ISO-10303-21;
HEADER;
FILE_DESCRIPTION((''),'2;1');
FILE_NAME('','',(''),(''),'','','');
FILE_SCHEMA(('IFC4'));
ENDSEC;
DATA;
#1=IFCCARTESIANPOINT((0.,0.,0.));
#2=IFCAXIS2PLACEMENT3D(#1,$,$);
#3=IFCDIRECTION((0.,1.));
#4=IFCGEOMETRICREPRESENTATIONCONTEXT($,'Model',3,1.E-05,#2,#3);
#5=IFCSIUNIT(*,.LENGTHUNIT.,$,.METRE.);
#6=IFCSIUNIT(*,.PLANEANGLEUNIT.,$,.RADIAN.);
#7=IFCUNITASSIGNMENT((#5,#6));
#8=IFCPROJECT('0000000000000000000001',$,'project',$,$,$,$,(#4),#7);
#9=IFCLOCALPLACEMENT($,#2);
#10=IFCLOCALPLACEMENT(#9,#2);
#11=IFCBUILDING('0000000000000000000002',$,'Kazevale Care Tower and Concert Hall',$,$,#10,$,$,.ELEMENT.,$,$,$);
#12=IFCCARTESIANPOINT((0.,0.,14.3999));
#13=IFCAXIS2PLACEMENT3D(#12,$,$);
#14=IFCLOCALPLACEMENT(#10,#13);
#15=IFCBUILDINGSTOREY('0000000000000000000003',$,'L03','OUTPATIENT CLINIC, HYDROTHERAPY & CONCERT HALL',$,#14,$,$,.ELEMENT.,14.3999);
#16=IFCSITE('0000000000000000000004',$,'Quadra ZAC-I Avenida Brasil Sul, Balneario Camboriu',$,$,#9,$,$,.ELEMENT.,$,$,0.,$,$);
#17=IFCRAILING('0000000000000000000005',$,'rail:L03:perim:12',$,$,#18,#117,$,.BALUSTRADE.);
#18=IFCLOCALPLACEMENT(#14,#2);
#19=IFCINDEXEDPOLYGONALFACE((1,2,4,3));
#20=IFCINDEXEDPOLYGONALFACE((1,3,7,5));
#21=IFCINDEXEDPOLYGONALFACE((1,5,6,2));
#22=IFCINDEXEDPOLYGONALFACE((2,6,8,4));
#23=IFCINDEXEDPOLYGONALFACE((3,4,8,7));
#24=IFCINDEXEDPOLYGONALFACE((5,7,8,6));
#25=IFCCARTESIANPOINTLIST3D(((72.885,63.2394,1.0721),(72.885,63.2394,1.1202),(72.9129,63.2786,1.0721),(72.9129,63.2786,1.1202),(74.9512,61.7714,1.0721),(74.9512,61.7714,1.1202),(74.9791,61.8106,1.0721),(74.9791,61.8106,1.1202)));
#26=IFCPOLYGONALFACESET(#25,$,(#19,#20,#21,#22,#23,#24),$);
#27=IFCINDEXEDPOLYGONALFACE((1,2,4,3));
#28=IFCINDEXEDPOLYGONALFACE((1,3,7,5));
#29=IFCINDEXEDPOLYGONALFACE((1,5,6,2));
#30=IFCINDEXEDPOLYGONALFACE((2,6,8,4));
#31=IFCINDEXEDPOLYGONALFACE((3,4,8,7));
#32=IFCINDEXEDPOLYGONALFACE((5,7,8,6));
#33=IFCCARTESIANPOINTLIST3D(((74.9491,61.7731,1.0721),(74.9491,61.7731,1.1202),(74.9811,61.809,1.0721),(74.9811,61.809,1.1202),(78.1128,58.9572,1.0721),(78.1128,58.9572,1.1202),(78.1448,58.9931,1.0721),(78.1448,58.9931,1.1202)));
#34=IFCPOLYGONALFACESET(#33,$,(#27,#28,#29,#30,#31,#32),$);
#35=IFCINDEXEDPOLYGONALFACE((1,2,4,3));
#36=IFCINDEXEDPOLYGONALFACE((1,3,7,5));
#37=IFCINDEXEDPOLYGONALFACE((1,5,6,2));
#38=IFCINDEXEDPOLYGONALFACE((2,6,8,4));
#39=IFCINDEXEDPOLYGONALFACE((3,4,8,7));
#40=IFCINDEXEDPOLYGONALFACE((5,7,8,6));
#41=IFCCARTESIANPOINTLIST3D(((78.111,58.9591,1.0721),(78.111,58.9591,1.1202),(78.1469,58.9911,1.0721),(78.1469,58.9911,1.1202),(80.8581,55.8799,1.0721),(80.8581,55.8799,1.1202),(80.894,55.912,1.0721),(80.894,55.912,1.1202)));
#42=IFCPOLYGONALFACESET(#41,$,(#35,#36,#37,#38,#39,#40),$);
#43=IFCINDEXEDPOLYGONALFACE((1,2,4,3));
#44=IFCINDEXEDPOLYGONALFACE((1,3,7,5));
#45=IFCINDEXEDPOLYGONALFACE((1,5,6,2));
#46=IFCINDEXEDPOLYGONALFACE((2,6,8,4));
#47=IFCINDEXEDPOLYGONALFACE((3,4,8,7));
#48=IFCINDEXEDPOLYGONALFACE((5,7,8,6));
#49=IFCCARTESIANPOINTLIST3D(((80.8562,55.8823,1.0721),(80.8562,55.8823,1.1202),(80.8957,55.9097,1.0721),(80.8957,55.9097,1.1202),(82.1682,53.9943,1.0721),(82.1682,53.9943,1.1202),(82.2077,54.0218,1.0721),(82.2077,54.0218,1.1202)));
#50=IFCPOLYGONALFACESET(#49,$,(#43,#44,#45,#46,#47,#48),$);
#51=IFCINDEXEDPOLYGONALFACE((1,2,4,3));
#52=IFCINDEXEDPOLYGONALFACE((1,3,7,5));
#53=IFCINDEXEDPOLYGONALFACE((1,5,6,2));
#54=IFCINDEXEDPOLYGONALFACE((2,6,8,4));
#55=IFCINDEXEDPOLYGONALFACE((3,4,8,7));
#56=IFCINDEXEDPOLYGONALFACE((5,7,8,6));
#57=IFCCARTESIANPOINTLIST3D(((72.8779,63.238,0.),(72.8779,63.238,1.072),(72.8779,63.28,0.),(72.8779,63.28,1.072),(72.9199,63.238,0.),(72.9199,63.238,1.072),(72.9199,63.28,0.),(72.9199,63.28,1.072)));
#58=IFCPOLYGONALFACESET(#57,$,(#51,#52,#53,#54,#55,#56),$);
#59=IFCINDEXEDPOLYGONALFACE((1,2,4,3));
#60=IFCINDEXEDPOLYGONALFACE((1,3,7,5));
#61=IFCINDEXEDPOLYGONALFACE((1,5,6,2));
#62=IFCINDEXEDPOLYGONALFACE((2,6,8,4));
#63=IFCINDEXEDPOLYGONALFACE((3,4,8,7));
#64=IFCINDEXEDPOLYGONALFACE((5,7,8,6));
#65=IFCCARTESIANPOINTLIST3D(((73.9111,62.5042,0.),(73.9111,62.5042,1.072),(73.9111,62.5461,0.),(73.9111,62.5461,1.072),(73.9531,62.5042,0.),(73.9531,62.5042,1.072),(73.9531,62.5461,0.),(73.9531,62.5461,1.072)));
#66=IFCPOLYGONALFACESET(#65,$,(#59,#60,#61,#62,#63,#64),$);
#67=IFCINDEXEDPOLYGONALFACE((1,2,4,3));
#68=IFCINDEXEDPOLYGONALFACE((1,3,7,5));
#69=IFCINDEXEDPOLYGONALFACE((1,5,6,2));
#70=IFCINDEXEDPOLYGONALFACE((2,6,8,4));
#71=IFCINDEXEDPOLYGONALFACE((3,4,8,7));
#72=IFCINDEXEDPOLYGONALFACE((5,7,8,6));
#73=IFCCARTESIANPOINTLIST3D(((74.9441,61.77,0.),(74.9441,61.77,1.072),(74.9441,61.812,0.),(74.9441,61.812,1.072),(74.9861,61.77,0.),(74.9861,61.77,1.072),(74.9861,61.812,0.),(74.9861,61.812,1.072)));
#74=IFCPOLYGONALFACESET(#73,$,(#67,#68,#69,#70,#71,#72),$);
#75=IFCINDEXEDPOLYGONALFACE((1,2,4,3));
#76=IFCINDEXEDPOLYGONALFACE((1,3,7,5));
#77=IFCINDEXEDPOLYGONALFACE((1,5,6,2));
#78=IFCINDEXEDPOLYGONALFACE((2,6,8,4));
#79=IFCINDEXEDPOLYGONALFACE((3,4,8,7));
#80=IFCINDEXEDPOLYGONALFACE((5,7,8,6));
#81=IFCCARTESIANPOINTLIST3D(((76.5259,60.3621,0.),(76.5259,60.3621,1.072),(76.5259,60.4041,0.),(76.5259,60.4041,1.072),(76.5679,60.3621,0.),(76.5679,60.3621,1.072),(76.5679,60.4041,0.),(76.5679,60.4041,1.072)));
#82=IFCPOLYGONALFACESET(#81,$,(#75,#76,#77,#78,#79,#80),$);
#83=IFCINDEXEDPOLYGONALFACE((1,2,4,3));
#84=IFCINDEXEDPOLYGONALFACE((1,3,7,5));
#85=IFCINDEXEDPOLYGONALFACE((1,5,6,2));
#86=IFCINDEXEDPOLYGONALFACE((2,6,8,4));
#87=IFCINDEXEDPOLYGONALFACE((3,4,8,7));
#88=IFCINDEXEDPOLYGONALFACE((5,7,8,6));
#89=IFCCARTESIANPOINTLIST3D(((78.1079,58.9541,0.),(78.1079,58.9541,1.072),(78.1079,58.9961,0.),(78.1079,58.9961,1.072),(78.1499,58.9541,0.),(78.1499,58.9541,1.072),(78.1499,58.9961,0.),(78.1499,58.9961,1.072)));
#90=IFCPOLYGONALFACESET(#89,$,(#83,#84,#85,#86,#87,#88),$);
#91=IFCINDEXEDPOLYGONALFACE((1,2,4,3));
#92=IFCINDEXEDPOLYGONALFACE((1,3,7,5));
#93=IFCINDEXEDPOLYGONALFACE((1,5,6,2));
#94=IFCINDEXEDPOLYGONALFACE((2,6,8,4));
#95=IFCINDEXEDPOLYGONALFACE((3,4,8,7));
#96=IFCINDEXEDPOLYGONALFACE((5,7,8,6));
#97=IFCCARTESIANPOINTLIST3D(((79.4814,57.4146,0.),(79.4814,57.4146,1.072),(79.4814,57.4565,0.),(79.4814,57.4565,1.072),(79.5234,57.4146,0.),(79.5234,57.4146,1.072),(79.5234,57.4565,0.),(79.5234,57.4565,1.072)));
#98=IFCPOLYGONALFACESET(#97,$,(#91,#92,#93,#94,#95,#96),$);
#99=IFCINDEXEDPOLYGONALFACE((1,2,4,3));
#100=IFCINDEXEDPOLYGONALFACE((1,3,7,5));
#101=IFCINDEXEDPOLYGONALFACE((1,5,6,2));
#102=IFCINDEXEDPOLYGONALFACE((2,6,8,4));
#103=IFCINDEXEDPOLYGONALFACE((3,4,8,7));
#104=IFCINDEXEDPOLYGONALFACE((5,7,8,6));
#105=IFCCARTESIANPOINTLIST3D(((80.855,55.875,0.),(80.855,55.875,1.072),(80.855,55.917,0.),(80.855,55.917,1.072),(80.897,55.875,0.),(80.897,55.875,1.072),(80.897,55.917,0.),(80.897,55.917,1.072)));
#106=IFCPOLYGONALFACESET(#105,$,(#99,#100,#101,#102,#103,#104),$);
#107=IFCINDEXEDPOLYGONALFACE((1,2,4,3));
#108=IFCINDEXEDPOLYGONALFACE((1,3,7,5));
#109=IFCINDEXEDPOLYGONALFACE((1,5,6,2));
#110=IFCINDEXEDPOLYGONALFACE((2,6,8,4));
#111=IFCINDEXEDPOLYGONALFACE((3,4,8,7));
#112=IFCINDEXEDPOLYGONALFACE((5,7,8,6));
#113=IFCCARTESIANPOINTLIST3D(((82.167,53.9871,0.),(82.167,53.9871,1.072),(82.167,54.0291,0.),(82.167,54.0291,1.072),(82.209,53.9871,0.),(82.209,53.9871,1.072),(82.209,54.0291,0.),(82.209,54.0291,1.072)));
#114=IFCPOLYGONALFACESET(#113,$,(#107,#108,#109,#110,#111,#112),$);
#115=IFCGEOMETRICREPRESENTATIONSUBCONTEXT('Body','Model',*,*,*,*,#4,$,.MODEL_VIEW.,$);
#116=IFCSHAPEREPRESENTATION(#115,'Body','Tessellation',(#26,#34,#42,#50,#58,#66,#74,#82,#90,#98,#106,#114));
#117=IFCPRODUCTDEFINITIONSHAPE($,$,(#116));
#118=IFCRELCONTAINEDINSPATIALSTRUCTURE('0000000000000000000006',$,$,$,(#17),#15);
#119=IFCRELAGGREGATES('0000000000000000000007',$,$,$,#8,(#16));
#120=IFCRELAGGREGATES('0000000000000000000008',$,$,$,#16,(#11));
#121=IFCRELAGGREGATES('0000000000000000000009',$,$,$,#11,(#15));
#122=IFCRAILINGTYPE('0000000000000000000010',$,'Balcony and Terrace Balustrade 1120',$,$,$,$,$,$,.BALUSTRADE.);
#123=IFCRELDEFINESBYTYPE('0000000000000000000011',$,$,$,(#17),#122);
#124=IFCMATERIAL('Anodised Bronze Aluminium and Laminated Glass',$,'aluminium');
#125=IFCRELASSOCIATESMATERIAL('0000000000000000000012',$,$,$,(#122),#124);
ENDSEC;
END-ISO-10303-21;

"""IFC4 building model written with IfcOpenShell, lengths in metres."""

from ifc_helpers import new_model, si_unit, direction, frame, origin, origin_2d, place, context, subcontext, project, spatial, rectangle, extrude, material, type_object, element, save


model = new_model("IFC4")

# Units and contexts
model_context = context("Model", 3, precision=1e-05, world=origin(), true_north=direction((0.0, 1.0)))
body_context = subcontext(model_context, "Body", "Model", "MODEL_VIEW")
ifc_project = project(units=[si_unit("LENGTHUNIT", "METRE"), si_unit("PLANEANGLEUNIT", "RADIAN")], contexts=[model_context])

# Site, building, storey
site_placement = place(None, origin())
site = spatial("IfcSite", under=ifc_project, at=site_placement, Name="Quadra ZAC-I Avenida Brasil Sul, Balneario Camboriu", CompositionType="ELEMENT", RefElevation=0.0)
building_placement = place(site_placement, origin())
building = spatial("IfcBuilding", under=site, at=building_placement, Name="Kazevale Care Tower and Concert Hall", CompositionType="ELEMENT")
storey_placement = place(building_placement, frame((0.0, 0.0, 14.3999)))
storey = spatial("IfcBuildingStorey", under=building, at=storey_placement, Name="L03", Description="OUTPATIENT CLINIC, HYDROTHERAPY & CONCERT HALL", CompositionType="ELEMENT", Elevation=14.3999)

# Railing
ifc_material_1 = material(Name="Anodised Bronze Aluminium and Laminated Glass", Category="aluminium")
railing_type = type_object("IfcRailingType", Name="Balcony and Terrace Balustrade 1120", PredefinedType="BALUSTRADE", material=ifc_material_1)
railing_placement = place(storey_placement, frame((72.8989, 63.259, 0.0)))
element("IfcRailing", 1, at=railing_placement, inside=storey, type_object=railing_type, Name="rail:L03:perim:12", PredefinedType="BALUSTRADE", context=body_context, shape_type="SweptSolid", body=[
    extrude(rectangle(XDim=0.0481, YDim=0.0481, at=origin_2d()), frame((0.0, 0.0, 1.0962), z_axis=(0.815189, -0.579195, 0.0), x_axis=(0.579195, 0.815189, 0.0)), (0.0, 0.0, 1.0), 2.5347),
    extrude(rectangle(XDim=0.0481, YDim=0.0481, at=origin_2d()), frame((2.0662, -1.468, 1.0962), z_axis=(0.746983, -0.664843, 0.0), x_axis=(0.664843, 0.746983, 0.0)), (0.0, 0.0, 1.0), 4.2354),
    extrude(rectangle(XDim=0.0481, YDim=0.0481, at=origin_2d()), frame((5.23, -4.2839, 1.0962), z_axis=(0.665729, -0.746194, 0.0), x_axis=(0.746194, 0.665729, 0.0)), (0.0, 0.0, 1.0), 4.1265),
    extrude(rectangle(XDim=0.0481, YDim=0.0481, at=origin_2d()), frame((7.9771, -7.363, 1.0962), z_axis=(0.570672, -0.821178, 0.0), x_axis=(0.821178, 0.570672, 0.0)), (0.0, 0.0, 1.0), 2.2991),
    extrude(rectangle(XDim=0.042, YDim=0.042, at=origin_2d()), origin(), (0.0, 0.0, 1.0), 1.072),
    extrude(rectangle(XDim=0.042, YDim=0.042, at=origin_2d()), frame((1.0332, -0.7339, 0.0)), (0.0, 0.0, 1.0), 1.072),
    extrude(rectangle(XDim=0.042, YDim=0.042, at=origin_2d()), frame((2.0662, -1.468, 0.0)), (0.0, 0.0, 1.0), 1.072),
    extrude(rectangle(XDim=0.042, YDim=0.042, at=origin_2d()), frame((3.6479, -2.876, 0.0)), (0.0, 0.0, 1.0), 1.072),
    extrude(rectangle(XDim=0.042, YDim=0.042, at=origin_2d()), frame((5.23, -4.2839, 0.0)), (0.0, 0.0, 1.0), 1.072),
    extrude(rectangle(XDim=0.042, YDim=0.042, at=origin_2d()), frame((6.6035, -5.8235, 0.0)), (0.0, 0.0, 1.0), 1.072),
    extrude(rectangle(XDim=0.042, YDim=0.042, at=origin_2d()), frame((7.9771, -7.363, 0.0)), (0.0, 0.0, 1.0), 1.072),
    extrude(rectangle(XDim=0.042, YDim=0.042, at=origin_2d()), frame((9.2891, -9.251, 0.0)), (0.0, 0.0, 1.0), 1.072),
])

save(model, "model.ifc")
